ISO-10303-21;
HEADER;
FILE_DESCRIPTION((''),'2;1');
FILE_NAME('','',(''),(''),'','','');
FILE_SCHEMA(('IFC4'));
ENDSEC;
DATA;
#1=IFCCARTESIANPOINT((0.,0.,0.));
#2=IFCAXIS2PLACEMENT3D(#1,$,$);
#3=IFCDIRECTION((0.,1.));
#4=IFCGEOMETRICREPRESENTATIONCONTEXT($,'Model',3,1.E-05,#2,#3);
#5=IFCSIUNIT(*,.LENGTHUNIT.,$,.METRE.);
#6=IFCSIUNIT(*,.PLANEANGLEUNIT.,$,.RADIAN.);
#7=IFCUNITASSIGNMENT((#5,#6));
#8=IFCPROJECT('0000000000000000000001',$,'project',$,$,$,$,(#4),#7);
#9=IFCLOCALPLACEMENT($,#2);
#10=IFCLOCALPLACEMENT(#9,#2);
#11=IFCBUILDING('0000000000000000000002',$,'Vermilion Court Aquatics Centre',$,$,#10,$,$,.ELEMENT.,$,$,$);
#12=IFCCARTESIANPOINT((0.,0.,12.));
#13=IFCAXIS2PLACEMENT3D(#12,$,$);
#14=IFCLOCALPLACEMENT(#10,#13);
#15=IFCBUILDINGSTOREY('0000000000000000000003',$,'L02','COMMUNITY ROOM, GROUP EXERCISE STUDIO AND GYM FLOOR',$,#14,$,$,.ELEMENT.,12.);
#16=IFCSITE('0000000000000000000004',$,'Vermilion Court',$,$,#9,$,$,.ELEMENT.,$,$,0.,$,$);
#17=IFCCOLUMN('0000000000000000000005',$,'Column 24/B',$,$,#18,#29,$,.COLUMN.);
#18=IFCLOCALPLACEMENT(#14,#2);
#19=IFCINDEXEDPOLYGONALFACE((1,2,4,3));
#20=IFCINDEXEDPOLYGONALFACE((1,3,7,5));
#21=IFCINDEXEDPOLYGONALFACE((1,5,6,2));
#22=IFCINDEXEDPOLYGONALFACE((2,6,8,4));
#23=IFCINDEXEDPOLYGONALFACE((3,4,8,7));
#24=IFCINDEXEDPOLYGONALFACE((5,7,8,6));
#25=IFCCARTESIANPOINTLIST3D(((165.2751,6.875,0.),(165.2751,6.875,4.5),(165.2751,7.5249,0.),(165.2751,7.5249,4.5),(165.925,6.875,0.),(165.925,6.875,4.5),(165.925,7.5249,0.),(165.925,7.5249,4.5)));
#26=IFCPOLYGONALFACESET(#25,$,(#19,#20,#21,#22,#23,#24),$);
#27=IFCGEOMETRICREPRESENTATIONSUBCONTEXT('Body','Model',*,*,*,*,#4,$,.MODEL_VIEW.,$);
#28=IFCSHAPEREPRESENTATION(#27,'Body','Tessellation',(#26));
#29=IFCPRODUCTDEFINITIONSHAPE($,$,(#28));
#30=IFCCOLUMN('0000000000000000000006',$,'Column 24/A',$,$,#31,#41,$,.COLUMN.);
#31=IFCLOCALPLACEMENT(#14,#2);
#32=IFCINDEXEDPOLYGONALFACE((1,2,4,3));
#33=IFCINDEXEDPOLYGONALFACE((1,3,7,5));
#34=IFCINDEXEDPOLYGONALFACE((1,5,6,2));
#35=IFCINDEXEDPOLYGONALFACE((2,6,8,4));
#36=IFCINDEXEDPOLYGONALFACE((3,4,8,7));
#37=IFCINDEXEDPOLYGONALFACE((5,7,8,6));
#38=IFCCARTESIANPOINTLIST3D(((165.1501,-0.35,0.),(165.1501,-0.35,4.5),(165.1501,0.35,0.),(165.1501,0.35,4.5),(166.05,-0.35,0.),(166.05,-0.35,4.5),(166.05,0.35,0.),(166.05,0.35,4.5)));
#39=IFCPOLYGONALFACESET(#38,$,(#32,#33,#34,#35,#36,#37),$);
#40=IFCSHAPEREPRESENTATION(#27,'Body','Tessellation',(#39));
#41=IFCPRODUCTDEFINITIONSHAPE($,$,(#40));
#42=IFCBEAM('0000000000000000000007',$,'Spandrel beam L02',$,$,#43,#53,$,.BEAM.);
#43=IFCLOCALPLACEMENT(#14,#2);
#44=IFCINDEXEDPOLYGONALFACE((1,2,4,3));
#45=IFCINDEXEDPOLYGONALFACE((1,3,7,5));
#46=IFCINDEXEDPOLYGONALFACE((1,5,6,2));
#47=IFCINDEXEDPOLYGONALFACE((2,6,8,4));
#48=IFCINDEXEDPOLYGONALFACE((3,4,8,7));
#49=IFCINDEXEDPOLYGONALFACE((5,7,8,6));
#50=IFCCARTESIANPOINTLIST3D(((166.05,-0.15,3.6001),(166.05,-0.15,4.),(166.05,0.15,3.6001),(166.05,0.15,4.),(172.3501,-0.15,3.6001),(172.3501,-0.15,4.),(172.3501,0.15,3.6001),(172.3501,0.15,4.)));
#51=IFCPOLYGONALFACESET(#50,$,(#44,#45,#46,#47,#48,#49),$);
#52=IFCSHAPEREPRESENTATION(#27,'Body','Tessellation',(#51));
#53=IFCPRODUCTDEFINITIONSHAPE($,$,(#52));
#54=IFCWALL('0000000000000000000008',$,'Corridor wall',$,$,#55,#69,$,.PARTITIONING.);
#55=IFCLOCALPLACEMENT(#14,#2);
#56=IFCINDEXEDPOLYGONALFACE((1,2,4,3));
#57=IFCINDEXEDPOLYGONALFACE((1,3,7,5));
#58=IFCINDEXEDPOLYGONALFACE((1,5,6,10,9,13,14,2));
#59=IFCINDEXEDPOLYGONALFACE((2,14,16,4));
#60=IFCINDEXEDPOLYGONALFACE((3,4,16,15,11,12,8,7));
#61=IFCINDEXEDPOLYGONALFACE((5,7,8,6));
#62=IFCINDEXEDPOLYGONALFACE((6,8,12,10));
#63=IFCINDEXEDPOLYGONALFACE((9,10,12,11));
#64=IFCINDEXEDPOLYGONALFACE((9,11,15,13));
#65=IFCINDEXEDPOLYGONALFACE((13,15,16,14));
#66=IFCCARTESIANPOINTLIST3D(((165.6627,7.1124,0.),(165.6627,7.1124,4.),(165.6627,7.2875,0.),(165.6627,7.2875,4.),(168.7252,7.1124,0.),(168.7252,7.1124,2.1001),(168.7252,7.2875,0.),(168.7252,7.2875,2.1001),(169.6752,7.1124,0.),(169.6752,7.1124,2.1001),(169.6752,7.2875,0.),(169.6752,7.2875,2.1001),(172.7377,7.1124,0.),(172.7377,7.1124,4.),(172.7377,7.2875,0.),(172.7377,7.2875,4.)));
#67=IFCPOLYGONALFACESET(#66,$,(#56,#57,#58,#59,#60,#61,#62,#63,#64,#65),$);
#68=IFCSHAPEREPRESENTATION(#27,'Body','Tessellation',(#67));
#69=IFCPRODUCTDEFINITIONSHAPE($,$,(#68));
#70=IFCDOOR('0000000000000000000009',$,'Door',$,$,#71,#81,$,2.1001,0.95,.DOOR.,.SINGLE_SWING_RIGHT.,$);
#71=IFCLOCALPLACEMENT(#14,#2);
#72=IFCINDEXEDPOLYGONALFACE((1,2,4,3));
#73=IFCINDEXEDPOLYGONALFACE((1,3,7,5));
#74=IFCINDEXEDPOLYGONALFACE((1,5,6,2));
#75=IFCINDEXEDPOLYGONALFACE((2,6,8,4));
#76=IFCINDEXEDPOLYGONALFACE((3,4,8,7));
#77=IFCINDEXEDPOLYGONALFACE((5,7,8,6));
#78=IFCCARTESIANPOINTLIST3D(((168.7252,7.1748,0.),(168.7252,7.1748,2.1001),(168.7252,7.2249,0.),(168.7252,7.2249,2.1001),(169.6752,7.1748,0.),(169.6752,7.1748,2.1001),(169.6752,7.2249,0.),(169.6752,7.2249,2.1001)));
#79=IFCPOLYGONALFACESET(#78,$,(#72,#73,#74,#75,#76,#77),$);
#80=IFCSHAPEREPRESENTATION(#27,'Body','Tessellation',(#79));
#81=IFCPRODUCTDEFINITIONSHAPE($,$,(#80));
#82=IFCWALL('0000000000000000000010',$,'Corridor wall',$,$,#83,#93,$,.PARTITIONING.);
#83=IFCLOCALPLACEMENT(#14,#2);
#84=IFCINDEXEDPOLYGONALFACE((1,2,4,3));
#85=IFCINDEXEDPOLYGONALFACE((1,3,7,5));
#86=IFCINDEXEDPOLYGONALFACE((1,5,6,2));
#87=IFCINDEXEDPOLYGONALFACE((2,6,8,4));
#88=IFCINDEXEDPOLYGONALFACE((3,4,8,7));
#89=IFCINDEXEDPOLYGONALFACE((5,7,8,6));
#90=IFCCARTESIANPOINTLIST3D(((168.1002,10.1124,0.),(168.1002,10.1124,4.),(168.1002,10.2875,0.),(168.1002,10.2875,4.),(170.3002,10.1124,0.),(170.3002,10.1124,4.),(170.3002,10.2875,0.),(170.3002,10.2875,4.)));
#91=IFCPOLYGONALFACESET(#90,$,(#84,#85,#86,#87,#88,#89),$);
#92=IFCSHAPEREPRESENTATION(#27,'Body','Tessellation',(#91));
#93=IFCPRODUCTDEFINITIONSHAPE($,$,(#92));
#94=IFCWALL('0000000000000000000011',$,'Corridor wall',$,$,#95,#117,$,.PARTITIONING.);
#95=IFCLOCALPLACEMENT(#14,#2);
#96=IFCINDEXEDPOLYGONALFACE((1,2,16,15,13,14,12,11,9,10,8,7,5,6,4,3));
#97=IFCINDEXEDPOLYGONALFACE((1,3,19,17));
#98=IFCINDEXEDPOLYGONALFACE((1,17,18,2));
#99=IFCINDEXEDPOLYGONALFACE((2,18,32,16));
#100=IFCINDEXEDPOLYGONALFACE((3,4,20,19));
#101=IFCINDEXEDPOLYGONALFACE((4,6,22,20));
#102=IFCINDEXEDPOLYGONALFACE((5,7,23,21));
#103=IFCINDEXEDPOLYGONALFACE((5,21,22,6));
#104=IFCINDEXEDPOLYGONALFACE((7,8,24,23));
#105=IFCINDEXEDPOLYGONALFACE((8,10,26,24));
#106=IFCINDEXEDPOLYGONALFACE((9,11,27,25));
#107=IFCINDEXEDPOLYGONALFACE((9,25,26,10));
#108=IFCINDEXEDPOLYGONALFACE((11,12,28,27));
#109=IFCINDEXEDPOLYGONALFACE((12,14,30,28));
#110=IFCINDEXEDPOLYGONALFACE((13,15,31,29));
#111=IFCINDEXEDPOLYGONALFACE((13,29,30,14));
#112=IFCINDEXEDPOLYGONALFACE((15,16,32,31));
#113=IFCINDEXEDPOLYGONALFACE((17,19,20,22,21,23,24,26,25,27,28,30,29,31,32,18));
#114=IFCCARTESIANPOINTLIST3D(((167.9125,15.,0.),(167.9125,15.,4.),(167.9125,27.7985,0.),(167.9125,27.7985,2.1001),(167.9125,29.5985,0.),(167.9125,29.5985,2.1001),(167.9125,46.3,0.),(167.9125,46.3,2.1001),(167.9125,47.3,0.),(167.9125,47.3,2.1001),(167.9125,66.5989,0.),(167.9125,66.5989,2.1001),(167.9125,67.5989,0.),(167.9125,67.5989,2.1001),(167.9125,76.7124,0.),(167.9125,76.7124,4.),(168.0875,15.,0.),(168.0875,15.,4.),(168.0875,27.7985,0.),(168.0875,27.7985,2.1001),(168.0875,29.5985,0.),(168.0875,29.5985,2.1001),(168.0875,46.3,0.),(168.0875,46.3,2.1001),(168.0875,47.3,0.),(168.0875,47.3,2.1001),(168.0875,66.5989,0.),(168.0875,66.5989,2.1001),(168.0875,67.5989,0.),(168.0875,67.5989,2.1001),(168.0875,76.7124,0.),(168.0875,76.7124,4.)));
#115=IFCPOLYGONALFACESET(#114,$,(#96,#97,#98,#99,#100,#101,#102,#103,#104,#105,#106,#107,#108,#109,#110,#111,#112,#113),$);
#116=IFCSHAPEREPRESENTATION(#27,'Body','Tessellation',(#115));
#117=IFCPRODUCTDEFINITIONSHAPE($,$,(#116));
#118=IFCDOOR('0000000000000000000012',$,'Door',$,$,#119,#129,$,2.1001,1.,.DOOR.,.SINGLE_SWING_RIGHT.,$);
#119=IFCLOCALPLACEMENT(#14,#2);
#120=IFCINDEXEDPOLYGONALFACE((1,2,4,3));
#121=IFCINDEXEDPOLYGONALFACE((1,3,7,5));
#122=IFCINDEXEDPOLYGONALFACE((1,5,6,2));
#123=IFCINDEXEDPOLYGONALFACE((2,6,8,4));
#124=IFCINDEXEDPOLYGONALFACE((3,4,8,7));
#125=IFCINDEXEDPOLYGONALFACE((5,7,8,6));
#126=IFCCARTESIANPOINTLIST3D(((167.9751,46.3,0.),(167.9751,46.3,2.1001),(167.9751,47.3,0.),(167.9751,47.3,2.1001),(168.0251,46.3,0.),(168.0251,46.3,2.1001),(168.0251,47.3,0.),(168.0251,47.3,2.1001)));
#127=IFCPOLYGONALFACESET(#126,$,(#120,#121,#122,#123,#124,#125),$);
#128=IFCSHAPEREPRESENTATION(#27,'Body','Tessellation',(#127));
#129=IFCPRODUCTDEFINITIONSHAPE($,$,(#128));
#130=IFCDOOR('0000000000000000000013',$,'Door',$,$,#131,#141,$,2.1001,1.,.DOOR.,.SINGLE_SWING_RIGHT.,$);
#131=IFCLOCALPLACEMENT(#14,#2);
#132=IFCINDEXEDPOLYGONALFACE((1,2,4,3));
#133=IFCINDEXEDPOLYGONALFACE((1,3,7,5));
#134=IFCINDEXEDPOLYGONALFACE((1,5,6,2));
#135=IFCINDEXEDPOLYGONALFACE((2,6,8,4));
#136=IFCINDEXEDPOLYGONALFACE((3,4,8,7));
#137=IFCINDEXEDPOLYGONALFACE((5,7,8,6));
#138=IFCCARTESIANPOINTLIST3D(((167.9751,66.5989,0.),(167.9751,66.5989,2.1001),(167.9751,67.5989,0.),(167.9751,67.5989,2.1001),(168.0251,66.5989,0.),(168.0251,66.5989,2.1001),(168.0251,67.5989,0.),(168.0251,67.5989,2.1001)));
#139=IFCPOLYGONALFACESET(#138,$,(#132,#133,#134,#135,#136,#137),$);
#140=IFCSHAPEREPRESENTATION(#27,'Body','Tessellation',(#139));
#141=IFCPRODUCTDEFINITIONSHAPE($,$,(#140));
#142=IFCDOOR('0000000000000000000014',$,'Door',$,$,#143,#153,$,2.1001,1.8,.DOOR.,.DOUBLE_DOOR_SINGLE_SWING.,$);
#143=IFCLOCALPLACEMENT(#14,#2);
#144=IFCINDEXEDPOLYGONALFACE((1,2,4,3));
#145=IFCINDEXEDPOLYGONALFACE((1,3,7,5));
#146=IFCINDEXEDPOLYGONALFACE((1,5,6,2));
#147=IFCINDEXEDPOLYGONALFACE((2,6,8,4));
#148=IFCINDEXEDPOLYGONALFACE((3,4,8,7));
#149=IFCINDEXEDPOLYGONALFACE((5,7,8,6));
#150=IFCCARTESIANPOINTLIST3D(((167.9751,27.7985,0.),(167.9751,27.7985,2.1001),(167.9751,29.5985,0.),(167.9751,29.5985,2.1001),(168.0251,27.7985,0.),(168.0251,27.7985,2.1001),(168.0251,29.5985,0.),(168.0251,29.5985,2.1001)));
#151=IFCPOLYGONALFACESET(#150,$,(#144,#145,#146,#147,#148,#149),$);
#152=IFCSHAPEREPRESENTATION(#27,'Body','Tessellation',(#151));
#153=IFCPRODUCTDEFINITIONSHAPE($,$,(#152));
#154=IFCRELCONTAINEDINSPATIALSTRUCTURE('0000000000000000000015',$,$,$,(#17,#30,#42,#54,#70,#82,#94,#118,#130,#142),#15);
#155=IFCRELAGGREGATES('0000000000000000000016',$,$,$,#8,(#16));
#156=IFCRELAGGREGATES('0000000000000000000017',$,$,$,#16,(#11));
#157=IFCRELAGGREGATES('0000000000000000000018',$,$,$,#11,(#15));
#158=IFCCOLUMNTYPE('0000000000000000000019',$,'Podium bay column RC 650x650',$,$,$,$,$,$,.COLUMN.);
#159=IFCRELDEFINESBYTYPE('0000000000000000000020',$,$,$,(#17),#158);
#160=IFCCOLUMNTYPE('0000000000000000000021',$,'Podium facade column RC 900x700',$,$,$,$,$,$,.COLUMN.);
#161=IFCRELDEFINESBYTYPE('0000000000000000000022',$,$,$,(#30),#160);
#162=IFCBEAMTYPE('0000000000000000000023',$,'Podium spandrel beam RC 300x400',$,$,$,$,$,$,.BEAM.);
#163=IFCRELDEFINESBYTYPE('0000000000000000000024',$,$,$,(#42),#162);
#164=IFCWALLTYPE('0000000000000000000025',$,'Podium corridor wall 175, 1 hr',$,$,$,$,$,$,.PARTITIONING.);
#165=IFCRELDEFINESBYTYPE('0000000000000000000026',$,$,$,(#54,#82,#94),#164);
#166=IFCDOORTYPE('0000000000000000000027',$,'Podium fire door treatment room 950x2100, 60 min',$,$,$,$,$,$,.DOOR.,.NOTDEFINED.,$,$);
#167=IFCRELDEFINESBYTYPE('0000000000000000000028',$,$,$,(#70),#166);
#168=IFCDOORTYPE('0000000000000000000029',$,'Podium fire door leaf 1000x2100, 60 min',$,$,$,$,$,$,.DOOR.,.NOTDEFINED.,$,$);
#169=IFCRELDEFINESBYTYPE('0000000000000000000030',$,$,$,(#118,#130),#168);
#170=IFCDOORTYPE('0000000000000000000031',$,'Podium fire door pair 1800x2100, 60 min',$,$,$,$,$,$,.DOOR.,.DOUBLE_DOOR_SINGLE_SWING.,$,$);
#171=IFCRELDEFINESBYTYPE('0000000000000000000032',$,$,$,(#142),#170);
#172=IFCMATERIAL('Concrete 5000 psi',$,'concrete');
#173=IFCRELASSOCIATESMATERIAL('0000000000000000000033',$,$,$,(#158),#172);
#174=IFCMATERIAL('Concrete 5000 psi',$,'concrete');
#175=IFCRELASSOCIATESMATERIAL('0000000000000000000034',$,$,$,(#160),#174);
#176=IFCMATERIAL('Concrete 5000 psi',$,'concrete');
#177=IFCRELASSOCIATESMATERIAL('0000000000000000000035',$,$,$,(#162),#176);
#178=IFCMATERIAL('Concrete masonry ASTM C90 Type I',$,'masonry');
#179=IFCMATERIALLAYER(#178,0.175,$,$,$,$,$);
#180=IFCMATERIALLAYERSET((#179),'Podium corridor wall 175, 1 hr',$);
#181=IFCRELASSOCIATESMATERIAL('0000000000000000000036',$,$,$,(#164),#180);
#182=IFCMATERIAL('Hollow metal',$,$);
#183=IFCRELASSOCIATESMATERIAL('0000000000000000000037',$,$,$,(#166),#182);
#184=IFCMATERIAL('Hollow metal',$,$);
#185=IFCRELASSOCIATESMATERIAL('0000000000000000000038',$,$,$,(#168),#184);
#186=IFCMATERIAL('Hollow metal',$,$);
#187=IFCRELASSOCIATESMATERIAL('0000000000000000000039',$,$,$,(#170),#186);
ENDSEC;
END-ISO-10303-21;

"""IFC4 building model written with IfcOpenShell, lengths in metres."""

from ifc_helpers import new_model, si_unit, direction, frame, frame_2d, origin, origin_2d, place, context, subcontext, project, spatial, rectangle, extrude, material, layer, layer_set, material_profile, profile_set, type_object, element, fill, save


model = new_model("IFC4")

# Units and contexts
model_context = context("Model", 3, precision=1e-05, world=origin(), true_north=direction((0.0, 1.0)))
body_context = subcontext(model_context, "Body", "Model", "MODEL_VIEW")
ifc_project = project(units=[si_unit("LENGTHUNIT", "METRE"), si_unit("PLANEANGLEUNIT", "RADIAN")], contexts=[model_context])

# Site, building, storey
site_placement = place(None, origin())
site = spatial("IfcSite", under=ifc_project, at=site_placement, Name="Vermilion Court", CompositionType="ELEMENT", RefElevation=0.0)
building_placement = place(site_placement, origin())
building = spatial("IfcBuilding", under=site, at=building_placement, Name="Vermilion Court Aquatics Centre", CompositionType="ELEMENT")
storey_placement = place(building_placement, frame((0.0, 0.0, 12.0)))
storey = spatial("IfcBuildingStorey", under=building, at=storey_placement, Name="L02", Description="COMMUNITY ROOM, GROUP EXERCISE STUDIO AND GYM FLOOR", CompositionType="ELEMENT", Elevation=12.0)

# Columns
ifc_material_1 = material(Name="Concrete 5000 psi", Category="concrete")
ifc_material_profile_1 = material_profile(ifc_material_1, rectangle(XDim=0.6499, YDim=0.6499, at=origin_2d()), Name="RC 650x650")
ifc_profile_set_1 = profile_set([ifc_material_profile_1], Name="Concrete 5000 psi")
column_type_1 = type_object("IfcColumnType", Name="Podium bay column RC 650x650", PredefinedType="COLUMN", material=ifc_profile_set_1)
column_1_placement = place(storey_placement, frame((165.6001, 7.2, 0.0), z_axis=(0.0, 0.0, 1.0), x_axis=(1.0, 0.0, 0.0)))
element("IfcColumn", 1, at=column_1_placement, inside=storey, type_object=column_type_1, Name="Column 24/B", PredefinedType="COLUMN", context=body_context, shape_type="SweptSolid", body=[
    extrude(rectangle(XDim=0.6499, YDim=0.6499, at=origin_2d()), origin(), (0.0, 0.0, 1.0), 4.5),
])
ifc_material_2 = material(Name="Concrete 5000 psi", Category="concrete")
ifc_material_profile_2 = material_profile(ifc_material_2, rectangle(XDim=0.8999, YDim=0.7, at=origin_2d()), Name="RC 900x700")
ifc_profile_set_2 = profile_set([ifc_material_profile_2], Name="Concrete 5000 psi")
column_type_2 = type_object("IfcColumnType", Name="Podium facade column RC 900x700", PredefinedType="COLUMN", material=ifc_profile_set_2)
column_2_placement = place(storey_placement, frame((165.6001, 0.0, 0.0), z_axis=(0.0, 0.0, 1.0), x_axis=(1.0, 0.0, 0.0)))
element("IfcColumn", 2, at=column_2_placement, inside=storey, type_object=column_type_2, Name="Column 24/A", PredefinedType="COLUMN", context=body_context, shape_type="SweptSolid", body=[
    extrude(rectangle(XDim=0.8999, YDim=0.7, at=origin_2d()), origin(), (0.0, 0.0, 1.0), 4.5),
])

# Beam
ifc_material_3 = material(Name="Concrete 5000 psi", Category="concrete")
ifc_material_profile_3 = material_profile(ifc_material_3, rectangle(XDim=0.3, YDim=0.3999, at=origin_2d()), Name="RC 300x400")
ifc_profile_set_3 = profile_set([ifc_material_profile_3], Name="Concrete 5000 psi")
beam_type = type_object("IfcBeamType", Name="Podium spandrel beam RC 300x400", PredefinedType="BEAM", material=ifc_profile_set_3)
beam_placement = place(storey_placement, frame((166.05, 0.0, 3.8), z_axis=(1.0, 0.0, 0.0), x_axis=(0.0, 1.0, 0.0)))
element("IfcBeam", 3, at=beam_placement, inside=storey, type_object=beam_type, Name="Spandrel beam L02", PredefinedType="BEAM", context=body_context, shape_type="SweptSolid", body=[
    extrude(rectangle(XDim=0.3, YDim=0.3999, at=origin_2d()), origin(), (0.0, 0.0, 1.0), 6.3),
])

# Wall, opening, door
ifc_material_4 = material(Name="Concrete masonry ASTM C90 Type I", Category="masonry")
ifc_layer_1 = layer(ifc_material_4, 0.175)
ifc_layer_set_1 = layer_set([ifc_layer_1], Name="Podium corridor wall 175, 1 hr")
wall_type_1 = type_object("IfcWallType", Name="Podium corridor wall 175, 1 hr", PredefinedType="PARTITIONING", material=ifc_layer_set_1)
wall_1_placement = place(storey_placement, frame((165.6626, 7.2, 0.0), z_axis=(0.0, 0.0, 1.0), x_axis=(1.0, 0.0, 0.0)))
wall_1 = element("IfcWall", 4, at=wall_1_placement, inside=storey, type_object=wall_type_1, Name="Corridor wall", PredefinedType="PARTITIONING", context=body_context, shape_type="SweptSolid", body=[
    extrude(rectangle(XDim=7.075, YDim=0.175, at=frame_2d((3.5376, 0.0))), origin(), (0.0, 0.0, 1.0), 4.0),
])
opening_1_placement = place(wall_1_placement, frame((3.0625, 0.0, 0.0)))
opening_1 = element("IfcOpeningElement", 5, at=opening_1_placement, cuts=wall_1, PredefinedType="OPENING", context=body_context, shape_type="SweptSolid", body=[
    extrude(rectangle(XDim=0.95, YDim=2.1001, at=frame_2d((0.4751, 1.05))), frame((0.0, 0.0974, 0.0), z_axis=(0.0, -1.0, 0.0), x_axis=(1.0, 0.0, 0.0)), (0.0, 0.0, 1.0), 0.1951),
])
ifc_material_5 = material(Name="Hollow metal")
door_type_1 = type_object("IfcDoorType", Name="Podium fire door treatment room 950x2100, 60 min", OperationType="NOTDEFINED", PredefinedType="DOOR", material=ifc_material_5)
door_1_placement = place(opening_1_placement, frame((0.95, 0.0, 0.0), z_axis=(0.0, 0.0, 1.0), x_axis=(-1.0, 0.0, 0.0)))
door_1 = element("IfcDoor", 6, at=door_1_placement, inside=storey, type_object=door_type_1, Name="Door", OperationType="SINGLE_SWING_RIGHT", OverallHeight=2.1001, OverallWidth=0.95, PredefinedType="DOOR", context=body_context, shape_type="SweptSolid", body=[
    extrude(rectangle(XDim=0.95, YDim=2.1001, at=frame_2d((0.4749, 1.05))), frame((0.0, 0.0251, 0.0), z_axis=(0.0, -1.0, 0.0), x_axis=(1.0, 0.0, 0.0)), (0.0, 0.0, 1.0), 0.05),
])
fill(opening_1, door_1)

# Wall
wall_2_placement = place(storey_placement, frame((168.1001, 10.2, 0.0), z_axis=(0.0, 0.0, 1.0), x_axis=(1.0, 0.0, 0.0)))
element("IfcWall", 7, at=wall_2_placement, inside=storey, type_object=wall_type_1, Name="Corridor wall", PredefinedType="PARTITIONING", context=body_context, shape_type="SweptSolid", body=[
    extrude(rectangle(XDim=2.2, YDim=0.175, at=frame_2d((1.1001, 0.0))), origin(), (0.0, 0.0, 1.0), 4.0),
])

# Wall, openings, doors
wall_3_placement = place(storey_placement, frame((168.0, 15.0, 0.0), z_axis=(0.0, 0.0, 1.0), x_axis=(0.0, 1.0, 0.0)))
wall_3 = element("IfcWall", 8, at=wall_3_placement, inside=storey, type_object=wall_type_1, Name="Corridor wall", PredefinedType="PARTITIONING", context=body_context, shape_type="SweptSolid", body=[
    extrude(rectangle(XDim=61.7124, YDim=0.175, at=frame_2d((30.8562, 0.0))), origin(), (0.0, 0.0, 1.0), 4.0),
])
opening_2_placement = place(wall_3_placement, frame((12.7986, 0.0, 0.0)))
opening_2 = element("IfcOpeningElement", 9, at=opening_2_placement, cuts=wall_3, PredefinedType="OPENING", context=body_context, shape_type="SweptSolid", body=[
    extrude(rectangle(XDim=1.8, YDim=2.1001, at=frame_2d((0.8999, 1.05))), frame((0.0, 0.0974, 0.0), z_axis=(0.0, -1.0, 0.0), x_axis=(1.0, 0.0, 0.0)), (0.0, 0.0, 1.0), 0.1951),
])
opening_3_placement = place(wall_3_placement, frame((31.3, 0.0, 0.0)))
opening_3 = element("IfcOpeningElement", 10, at=opening_3_placement, cuts=wall_3, PredefinedType="OPENING", context=body_context, shape_type="SweptSolid", body=[
    extrude(rectangle(XDim=1.0, YDim=2.1001, at=frame_2d((0.5, 1.05))), frame((0.0, 0.0974, 0.0), z_axis=(0.0, -1.0, 0.0), x_axis=(1.0, 0.0, 0.0)), (0.0, 0.0, 1.0), 0.1951),
])
opening_4_placement = place(wall_3_placement, frame((51.5989, 0.0, 0.0)))
opening_4 = element("IfcOpeningElement", 11, at=opening_4_placement, cuts=wall_3, PredefinedType="OPENING", context=body_context, shape_type="SweptSolid", body=[
    extrude(rectangle(XDim=1.0, YDim=2.1001, at=frame_2d((0.5, 1.05))), frame((0.0, 0.0974, 0.0), z_axis=(0.0, -1.0, 0.0), x_axis=(1.0, 0.0, 0.0)), (0.0, 0.0, 1.0), 0.1951),
])
ifc_material_6 = material(Name="Hollow metal")
door_type_2 = type_object("IfcDoorType", Name="Podium fire door leaf 1000x2100, 60 min", OperationType="NOTDEFINED", PredefinedType="DOOR", material=ifc_material_6)
door_2_placement = place(opening_3_placement, origin())
door_2 = element("IfcDoor", 12, at=door_2_placement, inside=storey, type_object=door_type_2, Name="Door", OperationType="SINGLE_SWING_RIGHT", OverallHeight=2.1001, OverallWidth=1.0, PredefinedType="DOOR", context=body_context, shape_type="SweptSolid", body=[
    extrude(rectangle(XDim=1.0, YDim=2.1001, at=frame_2d((0.5, 1.05))), frame((0.0, 0.0249, 0.0), z_axis=(0.0, -1.0, 0.0), x_axis=(1.0, 0.0, 0.0)), (0.0, 0.0, 1.0), 0.05),
])
fill(opening_3, door_2)
door_3_placement = place(opening_4_placement, frame((1.0, 0.0, 0.0), z_axis=(0.0, 0.0, 1.0), x_axis=(-1.0, 0.0, 0.0)))
door_3 = element("IfcDoor", 13, at=door_3_placement, inside=storey, type_object=door_type_2, Name="Door", OperationType="SINGLE_SWING_RIGHT", OverallHeight=2.1001, OverallWidth=1.0, PredefinedType="DOOR", context=body_context, shape_type="SweptSolid", body=[
    extrude(rectangle(XDim=1.0, YDim=2.1001, at=frame_2d((0.5, 1.05))), frame((0.0, 0.0251, 0.0), z_axis=(0.0, -1.0, 0.0), x_axis=(1.0, 0.0, 0.0)), (0.0, 0.0, 1.0), 0.05),
])
fill(opening_4, door_3)
ifc_material_7 = material(Name="Hollow metal")
door_type_3 = type_object("IfcDoorType", Name="Podium fire door pair 1800x2100, 60 min", OperationType="DOUBLE_DOOR_SINGLE_SWING", PredefinedType="DOOR", material=ifc_material_7)
door_4_placement = place(opening_2_placement, origin())
door_4 = element("IfcDoor", 14, at=door_4_placement, inside=storey, type_object=door_type_3, Name="Door", OperationType="DOUBLE_DOOR_SINGLE_SWING", OverallHeight=2.1001, OverallWidth=1.8, PredefinedType="DOOR", context=body_context, shape_type="SweptSolid", body=[
    extrude(rectangle(XDim=1.8, YDim=2.1001, at=frame_2d((0.8999, 1.05))), frame((0.0, 0.0249, 0.0), z_axis=(0.0, -1.0, 0.0), x_axis=(1.0, 0.0, 0.0)), (0.0, 0.0, 1.0), 0.05),
])
fill(opening_2, door_4)

save(model, "model.ifc")
